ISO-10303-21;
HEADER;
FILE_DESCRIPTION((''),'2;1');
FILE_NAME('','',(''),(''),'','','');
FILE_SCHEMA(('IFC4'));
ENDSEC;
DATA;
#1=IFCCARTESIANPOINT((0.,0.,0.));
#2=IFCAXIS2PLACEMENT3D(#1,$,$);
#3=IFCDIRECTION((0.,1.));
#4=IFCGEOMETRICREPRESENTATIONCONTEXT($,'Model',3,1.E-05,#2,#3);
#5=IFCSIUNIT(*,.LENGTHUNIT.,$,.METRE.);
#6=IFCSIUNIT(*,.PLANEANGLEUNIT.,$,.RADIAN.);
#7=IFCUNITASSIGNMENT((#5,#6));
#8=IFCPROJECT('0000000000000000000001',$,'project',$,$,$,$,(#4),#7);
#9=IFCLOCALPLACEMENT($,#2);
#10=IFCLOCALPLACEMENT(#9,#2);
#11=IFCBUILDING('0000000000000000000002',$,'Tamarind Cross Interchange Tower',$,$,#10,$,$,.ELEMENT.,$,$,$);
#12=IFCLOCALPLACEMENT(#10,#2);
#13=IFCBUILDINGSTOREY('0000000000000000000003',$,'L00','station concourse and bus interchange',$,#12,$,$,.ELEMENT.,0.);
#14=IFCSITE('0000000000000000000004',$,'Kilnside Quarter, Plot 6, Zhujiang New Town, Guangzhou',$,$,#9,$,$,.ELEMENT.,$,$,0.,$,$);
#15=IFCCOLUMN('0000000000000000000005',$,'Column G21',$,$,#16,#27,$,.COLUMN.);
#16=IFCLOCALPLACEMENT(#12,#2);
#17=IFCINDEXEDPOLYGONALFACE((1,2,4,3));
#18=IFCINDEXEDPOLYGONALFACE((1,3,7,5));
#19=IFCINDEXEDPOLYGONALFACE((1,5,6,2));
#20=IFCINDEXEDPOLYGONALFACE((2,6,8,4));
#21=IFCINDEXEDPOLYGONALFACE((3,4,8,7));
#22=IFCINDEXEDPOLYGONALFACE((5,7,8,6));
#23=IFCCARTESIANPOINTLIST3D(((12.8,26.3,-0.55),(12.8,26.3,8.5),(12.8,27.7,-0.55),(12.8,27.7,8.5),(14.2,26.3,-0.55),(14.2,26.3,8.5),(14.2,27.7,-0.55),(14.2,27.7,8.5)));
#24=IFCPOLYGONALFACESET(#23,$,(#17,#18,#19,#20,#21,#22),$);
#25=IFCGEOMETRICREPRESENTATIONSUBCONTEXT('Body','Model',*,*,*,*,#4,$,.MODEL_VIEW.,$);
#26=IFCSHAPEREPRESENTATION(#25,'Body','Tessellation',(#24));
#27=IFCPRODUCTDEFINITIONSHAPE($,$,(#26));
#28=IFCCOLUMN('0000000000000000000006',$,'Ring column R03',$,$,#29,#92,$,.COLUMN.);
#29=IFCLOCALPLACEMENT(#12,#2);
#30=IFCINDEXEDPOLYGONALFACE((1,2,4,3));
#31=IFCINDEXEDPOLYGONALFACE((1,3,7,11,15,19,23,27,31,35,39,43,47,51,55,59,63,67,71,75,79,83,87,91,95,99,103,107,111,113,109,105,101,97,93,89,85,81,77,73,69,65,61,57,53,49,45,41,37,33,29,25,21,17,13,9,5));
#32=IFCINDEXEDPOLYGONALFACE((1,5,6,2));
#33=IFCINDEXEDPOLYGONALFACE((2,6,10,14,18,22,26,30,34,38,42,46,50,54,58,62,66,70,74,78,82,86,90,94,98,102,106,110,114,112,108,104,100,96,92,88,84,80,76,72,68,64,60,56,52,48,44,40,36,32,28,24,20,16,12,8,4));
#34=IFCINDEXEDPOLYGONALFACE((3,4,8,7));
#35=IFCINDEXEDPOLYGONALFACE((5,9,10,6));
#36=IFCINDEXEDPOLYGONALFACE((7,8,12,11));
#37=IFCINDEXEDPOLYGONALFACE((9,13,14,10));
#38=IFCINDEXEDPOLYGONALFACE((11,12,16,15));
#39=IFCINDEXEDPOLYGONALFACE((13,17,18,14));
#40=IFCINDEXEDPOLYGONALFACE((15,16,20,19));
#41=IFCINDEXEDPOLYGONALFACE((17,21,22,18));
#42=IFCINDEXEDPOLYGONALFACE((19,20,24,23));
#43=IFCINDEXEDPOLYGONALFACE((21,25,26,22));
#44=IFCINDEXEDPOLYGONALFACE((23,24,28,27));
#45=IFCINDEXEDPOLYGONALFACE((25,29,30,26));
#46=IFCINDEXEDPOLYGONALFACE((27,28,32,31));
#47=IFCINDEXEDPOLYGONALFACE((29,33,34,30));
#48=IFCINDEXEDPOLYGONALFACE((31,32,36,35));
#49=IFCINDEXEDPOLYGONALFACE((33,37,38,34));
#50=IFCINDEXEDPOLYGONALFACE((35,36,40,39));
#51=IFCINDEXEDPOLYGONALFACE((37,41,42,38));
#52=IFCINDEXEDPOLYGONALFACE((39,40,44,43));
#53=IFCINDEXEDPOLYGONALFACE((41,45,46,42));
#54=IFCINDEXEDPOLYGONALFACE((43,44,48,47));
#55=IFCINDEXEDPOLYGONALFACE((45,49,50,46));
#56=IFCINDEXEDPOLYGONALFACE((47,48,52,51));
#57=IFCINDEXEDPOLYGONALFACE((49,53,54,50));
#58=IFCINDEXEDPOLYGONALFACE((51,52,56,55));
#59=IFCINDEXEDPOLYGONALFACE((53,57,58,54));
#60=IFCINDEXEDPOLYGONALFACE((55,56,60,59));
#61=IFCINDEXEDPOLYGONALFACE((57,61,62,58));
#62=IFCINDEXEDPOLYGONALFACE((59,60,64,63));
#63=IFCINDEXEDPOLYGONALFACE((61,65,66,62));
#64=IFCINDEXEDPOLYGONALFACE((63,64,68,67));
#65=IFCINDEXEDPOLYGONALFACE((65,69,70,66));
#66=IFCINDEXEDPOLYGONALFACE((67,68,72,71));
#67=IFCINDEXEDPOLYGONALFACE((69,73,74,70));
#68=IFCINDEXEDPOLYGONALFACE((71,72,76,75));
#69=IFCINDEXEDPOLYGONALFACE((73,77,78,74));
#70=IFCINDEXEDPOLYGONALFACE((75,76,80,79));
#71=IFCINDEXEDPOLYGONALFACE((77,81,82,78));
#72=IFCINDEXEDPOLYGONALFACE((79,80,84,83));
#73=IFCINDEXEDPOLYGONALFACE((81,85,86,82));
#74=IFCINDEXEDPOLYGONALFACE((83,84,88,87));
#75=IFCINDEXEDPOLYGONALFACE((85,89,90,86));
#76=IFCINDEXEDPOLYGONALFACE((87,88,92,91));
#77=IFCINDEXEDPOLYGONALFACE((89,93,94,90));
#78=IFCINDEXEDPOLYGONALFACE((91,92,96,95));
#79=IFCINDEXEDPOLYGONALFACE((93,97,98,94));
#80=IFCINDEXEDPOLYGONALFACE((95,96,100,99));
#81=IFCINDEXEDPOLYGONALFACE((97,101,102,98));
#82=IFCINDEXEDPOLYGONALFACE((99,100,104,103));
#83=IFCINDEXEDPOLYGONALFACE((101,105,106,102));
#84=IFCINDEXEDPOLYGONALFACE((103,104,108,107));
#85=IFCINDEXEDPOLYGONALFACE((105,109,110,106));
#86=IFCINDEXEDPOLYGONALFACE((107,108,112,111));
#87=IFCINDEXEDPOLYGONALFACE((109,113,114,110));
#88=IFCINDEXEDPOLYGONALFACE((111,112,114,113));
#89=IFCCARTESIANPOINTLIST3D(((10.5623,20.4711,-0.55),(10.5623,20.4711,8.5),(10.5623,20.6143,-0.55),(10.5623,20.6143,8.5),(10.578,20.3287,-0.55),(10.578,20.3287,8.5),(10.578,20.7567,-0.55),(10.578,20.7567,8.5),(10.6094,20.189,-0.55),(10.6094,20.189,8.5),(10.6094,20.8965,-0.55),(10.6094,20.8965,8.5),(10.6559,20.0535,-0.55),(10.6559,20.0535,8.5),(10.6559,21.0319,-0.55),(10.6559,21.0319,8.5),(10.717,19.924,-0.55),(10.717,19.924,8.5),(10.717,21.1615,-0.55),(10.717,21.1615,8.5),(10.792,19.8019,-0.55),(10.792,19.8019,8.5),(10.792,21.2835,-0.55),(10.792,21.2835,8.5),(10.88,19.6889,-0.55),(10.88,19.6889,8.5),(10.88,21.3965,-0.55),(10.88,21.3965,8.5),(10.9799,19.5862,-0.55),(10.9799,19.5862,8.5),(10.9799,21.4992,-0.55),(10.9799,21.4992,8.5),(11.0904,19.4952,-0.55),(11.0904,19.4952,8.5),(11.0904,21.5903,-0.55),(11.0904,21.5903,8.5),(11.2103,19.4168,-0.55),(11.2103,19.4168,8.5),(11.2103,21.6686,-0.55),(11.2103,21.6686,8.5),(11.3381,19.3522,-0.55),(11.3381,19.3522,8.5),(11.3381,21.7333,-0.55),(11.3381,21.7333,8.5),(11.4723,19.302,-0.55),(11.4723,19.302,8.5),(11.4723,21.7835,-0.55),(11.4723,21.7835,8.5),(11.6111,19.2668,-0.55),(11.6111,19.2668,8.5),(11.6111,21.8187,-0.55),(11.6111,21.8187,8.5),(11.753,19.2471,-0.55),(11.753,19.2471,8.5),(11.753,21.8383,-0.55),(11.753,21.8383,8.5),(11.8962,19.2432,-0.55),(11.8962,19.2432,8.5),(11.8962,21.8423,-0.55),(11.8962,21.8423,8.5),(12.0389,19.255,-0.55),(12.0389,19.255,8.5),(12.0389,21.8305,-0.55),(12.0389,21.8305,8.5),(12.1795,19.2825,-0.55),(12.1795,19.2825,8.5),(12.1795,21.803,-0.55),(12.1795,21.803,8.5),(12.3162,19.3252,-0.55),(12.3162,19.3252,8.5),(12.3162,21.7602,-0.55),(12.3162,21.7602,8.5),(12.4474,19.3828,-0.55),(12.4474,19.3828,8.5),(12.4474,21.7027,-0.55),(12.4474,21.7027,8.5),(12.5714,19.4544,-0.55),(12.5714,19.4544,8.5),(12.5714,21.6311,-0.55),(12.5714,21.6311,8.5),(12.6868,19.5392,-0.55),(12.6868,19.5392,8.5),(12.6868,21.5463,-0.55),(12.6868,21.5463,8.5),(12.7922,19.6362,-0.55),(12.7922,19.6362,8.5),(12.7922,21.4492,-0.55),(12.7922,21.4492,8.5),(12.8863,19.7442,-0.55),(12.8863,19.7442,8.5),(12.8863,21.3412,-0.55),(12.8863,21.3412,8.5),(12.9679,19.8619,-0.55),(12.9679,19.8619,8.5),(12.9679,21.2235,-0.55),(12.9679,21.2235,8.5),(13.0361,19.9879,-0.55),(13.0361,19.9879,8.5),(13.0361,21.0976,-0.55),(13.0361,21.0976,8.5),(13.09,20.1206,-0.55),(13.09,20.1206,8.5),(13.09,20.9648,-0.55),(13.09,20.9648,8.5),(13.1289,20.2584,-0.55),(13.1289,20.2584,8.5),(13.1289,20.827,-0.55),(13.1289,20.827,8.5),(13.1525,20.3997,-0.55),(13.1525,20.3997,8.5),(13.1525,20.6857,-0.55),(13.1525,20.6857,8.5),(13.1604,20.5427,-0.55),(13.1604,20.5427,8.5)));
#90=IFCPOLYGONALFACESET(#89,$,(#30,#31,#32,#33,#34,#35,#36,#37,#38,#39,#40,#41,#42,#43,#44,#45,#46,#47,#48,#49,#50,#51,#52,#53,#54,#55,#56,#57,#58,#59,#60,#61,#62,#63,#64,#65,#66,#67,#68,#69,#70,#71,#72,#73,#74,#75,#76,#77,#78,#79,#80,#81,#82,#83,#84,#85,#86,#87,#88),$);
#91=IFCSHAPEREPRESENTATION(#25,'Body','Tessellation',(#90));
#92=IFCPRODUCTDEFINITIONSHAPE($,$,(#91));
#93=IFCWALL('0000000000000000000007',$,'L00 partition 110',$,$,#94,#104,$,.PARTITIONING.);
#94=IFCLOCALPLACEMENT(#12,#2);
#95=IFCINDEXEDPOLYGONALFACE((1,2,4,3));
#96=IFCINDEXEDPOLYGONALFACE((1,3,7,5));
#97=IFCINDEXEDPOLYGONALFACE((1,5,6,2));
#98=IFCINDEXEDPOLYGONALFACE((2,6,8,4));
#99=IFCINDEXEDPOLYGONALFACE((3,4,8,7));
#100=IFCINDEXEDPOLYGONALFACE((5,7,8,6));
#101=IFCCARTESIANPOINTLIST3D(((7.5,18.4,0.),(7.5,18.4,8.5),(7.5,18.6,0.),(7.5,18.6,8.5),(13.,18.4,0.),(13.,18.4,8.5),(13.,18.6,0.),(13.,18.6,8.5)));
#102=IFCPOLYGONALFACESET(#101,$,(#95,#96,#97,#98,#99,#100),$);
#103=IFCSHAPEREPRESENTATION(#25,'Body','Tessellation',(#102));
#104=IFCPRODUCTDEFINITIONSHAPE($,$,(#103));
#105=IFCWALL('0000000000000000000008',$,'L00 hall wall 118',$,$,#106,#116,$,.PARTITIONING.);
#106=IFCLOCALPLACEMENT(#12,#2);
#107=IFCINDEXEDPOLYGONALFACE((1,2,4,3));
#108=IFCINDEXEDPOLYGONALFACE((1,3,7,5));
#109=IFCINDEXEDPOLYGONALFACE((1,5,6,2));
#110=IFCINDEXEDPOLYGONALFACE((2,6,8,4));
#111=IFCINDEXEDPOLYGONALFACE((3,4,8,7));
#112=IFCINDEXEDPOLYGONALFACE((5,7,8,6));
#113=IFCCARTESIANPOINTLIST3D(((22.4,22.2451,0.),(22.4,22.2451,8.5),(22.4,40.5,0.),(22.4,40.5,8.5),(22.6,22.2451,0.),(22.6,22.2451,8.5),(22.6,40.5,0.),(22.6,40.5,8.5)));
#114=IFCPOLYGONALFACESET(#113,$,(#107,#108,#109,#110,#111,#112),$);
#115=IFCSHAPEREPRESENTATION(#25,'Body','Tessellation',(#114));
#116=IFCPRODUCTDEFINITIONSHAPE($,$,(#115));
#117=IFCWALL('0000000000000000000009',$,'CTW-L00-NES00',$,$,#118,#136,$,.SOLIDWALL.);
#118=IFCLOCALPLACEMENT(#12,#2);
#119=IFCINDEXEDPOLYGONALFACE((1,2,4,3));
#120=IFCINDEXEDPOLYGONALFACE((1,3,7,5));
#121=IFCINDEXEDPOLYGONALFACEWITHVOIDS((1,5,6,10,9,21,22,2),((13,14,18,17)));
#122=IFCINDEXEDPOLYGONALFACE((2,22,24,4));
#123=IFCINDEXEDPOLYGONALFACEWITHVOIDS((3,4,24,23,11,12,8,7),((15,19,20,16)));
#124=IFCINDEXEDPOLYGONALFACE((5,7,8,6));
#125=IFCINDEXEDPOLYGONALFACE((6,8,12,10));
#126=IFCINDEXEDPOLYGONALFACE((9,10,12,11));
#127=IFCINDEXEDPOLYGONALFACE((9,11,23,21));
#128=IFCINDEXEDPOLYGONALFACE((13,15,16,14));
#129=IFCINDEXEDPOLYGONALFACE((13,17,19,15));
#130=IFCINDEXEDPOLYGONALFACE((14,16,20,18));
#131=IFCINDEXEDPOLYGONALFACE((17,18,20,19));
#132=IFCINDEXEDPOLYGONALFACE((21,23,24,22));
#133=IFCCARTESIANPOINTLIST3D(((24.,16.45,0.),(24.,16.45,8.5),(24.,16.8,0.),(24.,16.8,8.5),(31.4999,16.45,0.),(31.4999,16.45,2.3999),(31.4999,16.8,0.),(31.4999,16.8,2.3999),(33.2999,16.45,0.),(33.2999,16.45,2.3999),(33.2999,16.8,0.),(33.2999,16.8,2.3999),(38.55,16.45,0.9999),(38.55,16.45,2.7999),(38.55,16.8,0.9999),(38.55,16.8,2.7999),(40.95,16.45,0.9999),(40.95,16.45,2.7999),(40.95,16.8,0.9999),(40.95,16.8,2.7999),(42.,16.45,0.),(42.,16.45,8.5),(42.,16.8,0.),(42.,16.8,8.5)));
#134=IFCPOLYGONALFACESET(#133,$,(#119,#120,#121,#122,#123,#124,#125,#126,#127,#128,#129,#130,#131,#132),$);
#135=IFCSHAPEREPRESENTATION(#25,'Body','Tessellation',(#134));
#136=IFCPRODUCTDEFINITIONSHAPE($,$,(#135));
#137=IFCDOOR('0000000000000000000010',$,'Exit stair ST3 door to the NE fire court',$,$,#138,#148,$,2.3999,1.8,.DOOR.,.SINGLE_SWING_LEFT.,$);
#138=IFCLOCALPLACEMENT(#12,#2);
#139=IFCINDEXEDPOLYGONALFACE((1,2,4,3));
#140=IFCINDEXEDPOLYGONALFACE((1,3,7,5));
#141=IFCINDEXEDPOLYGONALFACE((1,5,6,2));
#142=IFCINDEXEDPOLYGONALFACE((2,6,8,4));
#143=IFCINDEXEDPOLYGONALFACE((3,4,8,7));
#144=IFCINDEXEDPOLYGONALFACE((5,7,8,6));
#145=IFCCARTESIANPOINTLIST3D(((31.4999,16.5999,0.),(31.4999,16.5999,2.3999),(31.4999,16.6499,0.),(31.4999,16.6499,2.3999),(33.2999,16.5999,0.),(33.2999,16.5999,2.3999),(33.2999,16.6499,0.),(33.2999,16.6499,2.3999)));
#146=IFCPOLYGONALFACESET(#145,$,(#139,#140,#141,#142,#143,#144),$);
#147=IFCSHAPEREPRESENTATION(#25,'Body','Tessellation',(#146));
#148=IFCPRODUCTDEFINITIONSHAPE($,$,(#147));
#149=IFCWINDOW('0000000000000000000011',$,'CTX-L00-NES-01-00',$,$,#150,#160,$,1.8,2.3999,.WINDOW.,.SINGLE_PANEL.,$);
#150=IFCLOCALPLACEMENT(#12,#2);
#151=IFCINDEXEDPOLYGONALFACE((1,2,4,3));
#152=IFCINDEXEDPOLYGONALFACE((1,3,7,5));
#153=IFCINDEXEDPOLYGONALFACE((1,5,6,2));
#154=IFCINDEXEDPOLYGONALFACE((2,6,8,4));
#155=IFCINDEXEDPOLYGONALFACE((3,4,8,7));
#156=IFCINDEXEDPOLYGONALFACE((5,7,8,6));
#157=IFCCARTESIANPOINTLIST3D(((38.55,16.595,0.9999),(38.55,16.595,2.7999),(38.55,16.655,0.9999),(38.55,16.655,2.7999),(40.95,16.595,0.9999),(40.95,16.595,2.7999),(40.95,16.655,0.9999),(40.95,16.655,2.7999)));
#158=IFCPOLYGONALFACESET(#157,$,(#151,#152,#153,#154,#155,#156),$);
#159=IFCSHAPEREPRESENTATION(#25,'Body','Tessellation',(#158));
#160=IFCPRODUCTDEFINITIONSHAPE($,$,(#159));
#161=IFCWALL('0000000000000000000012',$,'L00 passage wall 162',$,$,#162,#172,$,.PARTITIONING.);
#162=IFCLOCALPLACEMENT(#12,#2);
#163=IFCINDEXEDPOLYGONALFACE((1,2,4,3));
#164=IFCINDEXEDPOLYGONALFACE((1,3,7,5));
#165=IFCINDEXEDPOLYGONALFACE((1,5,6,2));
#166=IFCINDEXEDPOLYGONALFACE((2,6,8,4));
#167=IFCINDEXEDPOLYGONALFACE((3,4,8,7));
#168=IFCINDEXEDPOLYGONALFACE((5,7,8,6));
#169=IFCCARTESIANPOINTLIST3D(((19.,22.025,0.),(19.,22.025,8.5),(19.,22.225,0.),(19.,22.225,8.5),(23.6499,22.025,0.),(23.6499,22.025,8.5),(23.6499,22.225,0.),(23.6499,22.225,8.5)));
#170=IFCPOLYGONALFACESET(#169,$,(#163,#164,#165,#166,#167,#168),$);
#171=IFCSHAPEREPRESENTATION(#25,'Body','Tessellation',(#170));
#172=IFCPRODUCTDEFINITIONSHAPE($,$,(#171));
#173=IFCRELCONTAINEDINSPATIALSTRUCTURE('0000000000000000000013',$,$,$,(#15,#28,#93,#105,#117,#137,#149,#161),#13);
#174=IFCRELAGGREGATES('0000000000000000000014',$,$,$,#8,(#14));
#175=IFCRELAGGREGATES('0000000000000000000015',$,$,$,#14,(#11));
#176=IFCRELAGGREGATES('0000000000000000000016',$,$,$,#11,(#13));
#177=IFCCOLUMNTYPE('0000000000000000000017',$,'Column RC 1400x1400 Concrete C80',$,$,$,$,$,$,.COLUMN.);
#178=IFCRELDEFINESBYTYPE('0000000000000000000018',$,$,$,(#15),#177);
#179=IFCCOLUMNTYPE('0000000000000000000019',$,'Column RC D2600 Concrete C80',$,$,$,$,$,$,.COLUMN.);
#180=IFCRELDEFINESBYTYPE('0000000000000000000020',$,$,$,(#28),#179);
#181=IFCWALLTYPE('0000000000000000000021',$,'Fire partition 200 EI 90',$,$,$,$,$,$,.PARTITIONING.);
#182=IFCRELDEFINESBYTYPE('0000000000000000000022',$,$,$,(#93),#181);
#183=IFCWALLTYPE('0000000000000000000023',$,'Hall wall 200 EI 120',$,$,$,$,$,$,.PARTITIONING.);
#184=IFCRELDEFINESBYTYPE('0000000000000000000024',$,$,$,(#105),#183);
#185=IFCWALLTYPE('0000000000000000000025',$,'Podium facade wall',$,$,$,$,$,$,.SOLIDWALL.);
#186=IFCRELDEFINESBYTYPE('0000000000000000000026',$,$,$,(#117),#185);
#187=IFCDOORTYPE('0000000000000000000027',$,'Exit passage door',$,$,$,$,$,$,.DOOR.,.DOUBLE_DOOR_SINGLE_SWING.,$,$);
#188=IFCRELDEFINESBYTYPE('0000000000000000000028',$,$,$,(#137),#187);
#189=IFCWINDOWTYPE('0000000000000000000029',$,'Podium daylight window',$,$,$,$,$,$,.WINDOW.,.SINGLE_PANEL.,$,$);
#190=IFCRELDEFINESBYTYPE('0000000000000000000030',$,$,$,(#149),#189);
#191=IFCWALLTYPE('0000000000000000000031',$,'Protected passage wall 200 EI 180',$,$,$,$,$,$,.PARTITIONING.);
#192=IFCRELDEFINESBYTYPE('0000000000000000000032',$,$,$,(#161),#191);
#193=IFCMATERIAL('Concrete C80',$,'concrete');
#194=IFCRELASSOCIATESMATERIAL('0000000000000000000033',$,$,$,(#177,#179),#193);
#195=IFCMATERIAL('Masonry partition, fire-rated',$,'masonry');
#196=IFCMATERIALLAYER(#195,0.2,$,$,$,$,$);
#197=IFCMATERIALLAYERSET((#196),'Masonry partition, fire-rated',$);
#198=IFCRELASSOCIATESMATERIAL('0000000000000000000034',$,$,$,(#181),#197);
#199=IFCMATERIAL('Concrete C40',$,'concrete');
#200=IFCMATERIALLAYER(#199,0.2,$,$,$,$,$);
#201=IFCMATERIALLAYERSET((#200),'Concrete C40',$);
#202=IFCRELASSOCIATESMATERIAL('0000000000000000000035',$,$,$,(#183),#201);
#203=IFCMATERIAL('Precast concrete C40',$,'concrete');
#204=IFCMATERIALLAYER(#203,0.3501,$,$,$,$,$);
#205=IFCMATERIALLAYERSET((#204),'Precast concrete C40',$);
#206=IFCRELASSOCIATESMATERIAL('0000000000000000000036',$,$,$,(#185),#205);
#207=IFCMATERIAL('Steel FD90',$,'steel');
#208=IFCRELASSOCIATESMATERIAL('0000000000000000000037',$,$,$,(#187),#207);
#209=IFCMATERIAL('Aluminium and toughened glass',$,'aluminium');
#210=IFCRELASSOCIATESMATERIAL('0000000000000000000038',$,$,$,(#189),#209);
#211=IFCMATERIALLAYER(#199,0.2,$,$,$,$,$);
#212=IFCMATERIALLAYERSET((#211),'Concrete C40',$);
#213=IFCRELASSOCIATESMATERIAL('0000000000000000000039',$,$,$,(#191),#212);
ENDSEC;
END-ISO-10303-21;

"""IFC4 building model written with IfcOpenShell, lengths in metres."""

from ifc_helpers import new_model, si_unit, direction, frame, frame_2d, origin, origin_2d, place, context, subcontext, project, spatial, rectangle, circle, extrude, material, layer, layer_set, material_profile, profile_set, type_object, element, fill, save


model = new_model("IFC4")

# Units and contexts
model_context = context("Model", 3, precision=1e-05, world=origin(), true_north=direction((0.0, 1.0)))
body_context = subcontext(model_context, "Body", "Model", "MODEL_VIEW")
ifc_project = project(units=[si_unit("LENGTHUNIT", "METRE"), si_unit("PLANEANGLEUNIT", "RADIAN")], contexts=[model_context])

# Site, building, storey
site_placement = place(None, origin())
site = spatial("IfcSite", under=ifc_project, at=site_placement, Name="Kilnside Quarter, Plot 6, Zhujiang New Town, Guangzhou", CompositionType="ELEMENT", RefElevation=0.0)
building_placement = place(site_placement, origin())
building = spatial("IfcBuilding", under=site, at=building_placement, Name="Tamarind Cross Interchange Tower", CompositionType="ELEMENT")
storey_placement = place(building_placement, origin())
storey = spatial("IfcBuildingStorey", under=building, at=storey_placement, Name="L00", Description="station concourse and bus interchange", CompositionType="ELEMENT", Elevation=0.0)

# Columns
ifc_material_1 = material(Name="Concrete C80", Category="concrete")
ifc_material_profile_1 = material_profile(ifc_material_1, rectangle(XDim=1.3999, YDim=1.3999, at=origin_2d()), Name="RC 1400x1400")
ifc_profile_set_1 = profile_set([ifc_material_profile_1], Name="Concrete C80")
column_type_1 = type_object("IfcColumnType", Name="Column RC 1400x1400 Concrete C80", PredefinedType="COLUMN", material=ifc_profile_set_1)
column_1_placement = place(storey_placement, frame((13.5, 27.0, -0.55), z_axis=(0.0, 0.0, 1.0), x_axis=(1.0, 0.0, 0.0)))
element("IfcColumn", 1, at=column_1_placement, inside=storey, type_object=column_type_1, Name="Column G21", PredefinedType="COLUMN", context=body_context, shape_type="SweptSolid", body=[
    extrude(rectangle(XDim=1.3999, YDim=1.3999, at=origin_2d()), origin(), (0.0, 0.0, 1.0), 9.05),
])
ifc_material_profile_2 = material_profile(ifc_material_1, circle(Radius=1.3, at=origin_2d()), Name="RC D2600")
ifc_profile_set_2 = profile_set([ifc_material_profile_2], Name="Concrete C80")
column_type_2 = type_object("IfcColumnType", Name="Column RC D2600 Concrete C80", PredefinedType="COLUMN", material=ifc_profile_set_2)
column_2_placement = place(storey_placement, frame((11.8604, 20.5427, -0.55), z_axis=(0.0, 0.0, 1.0), x_axis=(1.0, 0.0, 0.0)))
element("IfcColumn", 2, at=column_2_placement, inside=storey, type_object=column_type_2, Name="Ring column R03", PredefinedType="COLUMN", context=body_context, shape_type="SweptSolid", body=[
    extrude(circle(Radius=1.3, at=origin_2d()), origin(), (0.0, 0.0, 1.0), 9.05),
])

# Walls
ifc_material_2 = material(Name="Masonry partition, fire-rated", Category="masonry")
ifc_layer_1 = layer(ifc_material_2, 0.2)
ifc_layer_set_1 = layer_set([ifc_layer_1], Name="Masonry partition, fire-rated")
wall_type_1 = type_object("IfcWallType", Name="Fire partition 200 EI 90", PredefinedType="PARTITIONING", material=ifc_layer_set_1)
wall_1_placement = place(storey_placement, frame((7.5, 18.5, 0.0), z_axis=(0.0, 0.0, 1.0), x_axis=(1.0, 0.0, 0.0)))
element("IfcWall", 3, at=wall_1_placement, inside=storey, type_object=wall_type_1, Name="L00 partition 110", PredefinedType="PARTITIONING", context=body_context, shape_type="SweptSolid", body=[
    extrude(rectangle(XDim=5.5, YDim=0.2, at=frame_2d((2.75, 0.0))), origin(), (0.0, 0.0, 1.0), 8.5),
])
ifc_material_3 = material(Name="Concrete C40", Category="concrete")
ifc_layer_2 = layer(ifc_material_3, 0.2)
ifc_layer_set_2 = layer_set([ifc_layer_2], Name="Concrete C40")
wall_type_2 = type_object("IfcWallType", Name="Hall wall 200 EI 120", PredefinedType="PARTITIONING", material=ifc_layer_set_2)
wall_2_placement = place(storey_placement, frame((22.5, 22.2451, 0.0), z_axis=(0.0, 0.0, 1.0), x_axis=(0.0, 1.0, 0.0)))
element("IfcWall", 4, at=wall_2_placement, inside=storey, type_object=wall_type_2, Name="L00 hall wall 118", PredefinedType="PARTITIONING", context=body_context, shape_type="SweptSolid", body=[
    extrude(rectangle(XDim=18.2549, YDim=0.2, at=frame_2d((9.1274, 0.0))), origin(), (0.0, 0.0, 1.0), 8.5),
])

# Wall, openings, door, window
ifc_material_4 = material(Name="Precast concrete C40", Category="concrete")
ifc_layer_3 = layer(ifc_material_4, 0.3501)
ifc_layer_set_3 = layer_set([ifc_layer_3], Name="Precast concrete C40")
wall_type_3 = type_object("IfcWallType", Name="Podium facade wall", PredefinedType="SOLIDWALL", material=ifc_layer_set_3)
wall_3_placement = place(storey_placement, frame((24.0, 16.625, 0.0), z_axis=(0.0, 0.0, 1.0), x_axis=(1.0, 0.0, 0.0)))
wall_3 = element("IfcWall", 5, at=wall_3_placement, inside=storey, type_object=wall_type_3, Name="CTW-L00-NES00", PredefinedType="SOLIDWALL", context=body_context, shape_type="SweptSolid", body=[
    extrude(rectangle(XDim=18.0, YDim=0.3501, at=frame_2d((9.0, 0.0))), origin(), (0.0, 0.0, 1.0), 8.5),
])
opening_1_placement = place(wall_3_placement, frame((7.5, 0.0, 0.0)))
opening_1 = element("IfcOpeningElement", 6, at=opening_1_placement, cuts=wall_3, PredefinedType="OPENING", context=body_context, shape_type="SweptSolid", body=[
    extrude(rectangle(XDim=1.8, YDim=2.3999, at=frame_2d((0.8999, 1.2))), frame((0.0, 0.1851, 0.0), z_axis=(0.0, -1.0, 0.0), x_axis=(1.0, 0.0, 0.0)), (0.0, 0.0, 1.0), 0.3701),
])
opening_2_placement = place(wall_3_placement, frame((14.55, 0.0, 1.0)))
opening_2 = element("IfcOpeningElement", 7, at=opening_2_placement, cuts=wall_3, PredefinedType="OPENING", context=body_context, shape_type="SweptSolid", body=[
    extrude(rectangle(XDim=2.3999, YDim=1.8, at=frame_2d((1.2, 0.8999))), frame((0.0, 0.1851, 0.0), z_axis=(0.0, -1.0, 0.0), x_axis=(1.0, 0.0, 0.0)), (0.0, 0.0, 1.0), 0.3701),
])
ifc_material_5 = material(Name="Steel FD90", Category="steel")
door_type = type_object("IfcDoorType", Name="Exit passage door", OperationType="DOUBLE_DOOR_SINGLE_SWING", PredefinedType="DOOR", material=ifc_material_5)
door_placement = place(opening_1_placement, origin())
door = element("IfcDoor", 8, at=door_placement, inside=storey, type_object=door_type, Name="Exit stair ST3 door to the NE fire court", OperationType="SINGLE_SWING_LEFT", OverallHeight=2.3999, OverallWidth=1.8, PredefinedType="DOOR", context=body_context, shape_type="SweptSolid", body=[
    extrude(rectangle(XDim=1.8, YDim=2.3999, at=frame_2d((0.8999, 1.2))), frame((0.0, 0.0249, 0.0), z_axis=(0.0, -1.0, 0.0), x_axis=(1.0, 0.0, 0.0)), (0.0, 0.0, 1.0), 0.05),
])
fill(opening_1, door)
ifc_material_6 = material(Name="Aluminium and toughened glass", Category="aluminium")
window_type = type_object("IfcWindowType", Name="Podium daylight window", PartitioningType="SINGLE_PANEL", PredefinedType="WINDOW", material=ifc_material_6)
window_placement = place(opening_2_placement, origin())
window = element("IfcWindow", 9, at=window_placement, inside=storey, type_object=window_type, Name="CTX-L00-NES-01-00", OverallHeight=1.8, OverallWidth=2.3999, PartitioningType="SINGLE_PANEL", PredefinedType="WINDOW", context=body_context, shape_type="SweptSolid", body=[
    extrude(rectangle(XDim=2.3999, YDim=1.8, at=frame_2d((1.2, 0.8999))), frame((0.0, 0.03, 0.0), z_axis=(0.0, -1.0, 0.0), x_axis=(1.0, 0.0, 0.0)), (0.0, 0.0, 1.0), 0.0601),
])
fill(opening_2, window)

# Wall
ifc_layer_4 = layer(ifc_material_3, 0.2)
ifc_layer_set_4 = layer_set([ifc_layer_4], Name="Concrete C40")
wall_type_4 = type_object("IfcWallType", Name="Protected passage wall 200 EI 180", PredefinedType="PARTITIONING", material=ifc_layer_set_4)
wall_4_placement = place(storey_placement, frame((19.0, 22.125, 0.0), z_axis=(0.0, 0.0, 1.0), x_axis=(1.0, 0.0, 0.0)))
element("IfcWall", 10, at=wall_4_placement, inside=storey, type_object=wall_type_4, Name="L00 passage wall 162", PredefinedType="PARTITIONING", context=body_context, shape_type="SweptSolid", body=[
    extrude(rectangle(XDim=4.6499, YDim=0.2, at=frame_2d((2.325, 0.0))), origin(), (0.0, 0.0, 1.0), 8.5),
])

save(model, "model.ifc")
